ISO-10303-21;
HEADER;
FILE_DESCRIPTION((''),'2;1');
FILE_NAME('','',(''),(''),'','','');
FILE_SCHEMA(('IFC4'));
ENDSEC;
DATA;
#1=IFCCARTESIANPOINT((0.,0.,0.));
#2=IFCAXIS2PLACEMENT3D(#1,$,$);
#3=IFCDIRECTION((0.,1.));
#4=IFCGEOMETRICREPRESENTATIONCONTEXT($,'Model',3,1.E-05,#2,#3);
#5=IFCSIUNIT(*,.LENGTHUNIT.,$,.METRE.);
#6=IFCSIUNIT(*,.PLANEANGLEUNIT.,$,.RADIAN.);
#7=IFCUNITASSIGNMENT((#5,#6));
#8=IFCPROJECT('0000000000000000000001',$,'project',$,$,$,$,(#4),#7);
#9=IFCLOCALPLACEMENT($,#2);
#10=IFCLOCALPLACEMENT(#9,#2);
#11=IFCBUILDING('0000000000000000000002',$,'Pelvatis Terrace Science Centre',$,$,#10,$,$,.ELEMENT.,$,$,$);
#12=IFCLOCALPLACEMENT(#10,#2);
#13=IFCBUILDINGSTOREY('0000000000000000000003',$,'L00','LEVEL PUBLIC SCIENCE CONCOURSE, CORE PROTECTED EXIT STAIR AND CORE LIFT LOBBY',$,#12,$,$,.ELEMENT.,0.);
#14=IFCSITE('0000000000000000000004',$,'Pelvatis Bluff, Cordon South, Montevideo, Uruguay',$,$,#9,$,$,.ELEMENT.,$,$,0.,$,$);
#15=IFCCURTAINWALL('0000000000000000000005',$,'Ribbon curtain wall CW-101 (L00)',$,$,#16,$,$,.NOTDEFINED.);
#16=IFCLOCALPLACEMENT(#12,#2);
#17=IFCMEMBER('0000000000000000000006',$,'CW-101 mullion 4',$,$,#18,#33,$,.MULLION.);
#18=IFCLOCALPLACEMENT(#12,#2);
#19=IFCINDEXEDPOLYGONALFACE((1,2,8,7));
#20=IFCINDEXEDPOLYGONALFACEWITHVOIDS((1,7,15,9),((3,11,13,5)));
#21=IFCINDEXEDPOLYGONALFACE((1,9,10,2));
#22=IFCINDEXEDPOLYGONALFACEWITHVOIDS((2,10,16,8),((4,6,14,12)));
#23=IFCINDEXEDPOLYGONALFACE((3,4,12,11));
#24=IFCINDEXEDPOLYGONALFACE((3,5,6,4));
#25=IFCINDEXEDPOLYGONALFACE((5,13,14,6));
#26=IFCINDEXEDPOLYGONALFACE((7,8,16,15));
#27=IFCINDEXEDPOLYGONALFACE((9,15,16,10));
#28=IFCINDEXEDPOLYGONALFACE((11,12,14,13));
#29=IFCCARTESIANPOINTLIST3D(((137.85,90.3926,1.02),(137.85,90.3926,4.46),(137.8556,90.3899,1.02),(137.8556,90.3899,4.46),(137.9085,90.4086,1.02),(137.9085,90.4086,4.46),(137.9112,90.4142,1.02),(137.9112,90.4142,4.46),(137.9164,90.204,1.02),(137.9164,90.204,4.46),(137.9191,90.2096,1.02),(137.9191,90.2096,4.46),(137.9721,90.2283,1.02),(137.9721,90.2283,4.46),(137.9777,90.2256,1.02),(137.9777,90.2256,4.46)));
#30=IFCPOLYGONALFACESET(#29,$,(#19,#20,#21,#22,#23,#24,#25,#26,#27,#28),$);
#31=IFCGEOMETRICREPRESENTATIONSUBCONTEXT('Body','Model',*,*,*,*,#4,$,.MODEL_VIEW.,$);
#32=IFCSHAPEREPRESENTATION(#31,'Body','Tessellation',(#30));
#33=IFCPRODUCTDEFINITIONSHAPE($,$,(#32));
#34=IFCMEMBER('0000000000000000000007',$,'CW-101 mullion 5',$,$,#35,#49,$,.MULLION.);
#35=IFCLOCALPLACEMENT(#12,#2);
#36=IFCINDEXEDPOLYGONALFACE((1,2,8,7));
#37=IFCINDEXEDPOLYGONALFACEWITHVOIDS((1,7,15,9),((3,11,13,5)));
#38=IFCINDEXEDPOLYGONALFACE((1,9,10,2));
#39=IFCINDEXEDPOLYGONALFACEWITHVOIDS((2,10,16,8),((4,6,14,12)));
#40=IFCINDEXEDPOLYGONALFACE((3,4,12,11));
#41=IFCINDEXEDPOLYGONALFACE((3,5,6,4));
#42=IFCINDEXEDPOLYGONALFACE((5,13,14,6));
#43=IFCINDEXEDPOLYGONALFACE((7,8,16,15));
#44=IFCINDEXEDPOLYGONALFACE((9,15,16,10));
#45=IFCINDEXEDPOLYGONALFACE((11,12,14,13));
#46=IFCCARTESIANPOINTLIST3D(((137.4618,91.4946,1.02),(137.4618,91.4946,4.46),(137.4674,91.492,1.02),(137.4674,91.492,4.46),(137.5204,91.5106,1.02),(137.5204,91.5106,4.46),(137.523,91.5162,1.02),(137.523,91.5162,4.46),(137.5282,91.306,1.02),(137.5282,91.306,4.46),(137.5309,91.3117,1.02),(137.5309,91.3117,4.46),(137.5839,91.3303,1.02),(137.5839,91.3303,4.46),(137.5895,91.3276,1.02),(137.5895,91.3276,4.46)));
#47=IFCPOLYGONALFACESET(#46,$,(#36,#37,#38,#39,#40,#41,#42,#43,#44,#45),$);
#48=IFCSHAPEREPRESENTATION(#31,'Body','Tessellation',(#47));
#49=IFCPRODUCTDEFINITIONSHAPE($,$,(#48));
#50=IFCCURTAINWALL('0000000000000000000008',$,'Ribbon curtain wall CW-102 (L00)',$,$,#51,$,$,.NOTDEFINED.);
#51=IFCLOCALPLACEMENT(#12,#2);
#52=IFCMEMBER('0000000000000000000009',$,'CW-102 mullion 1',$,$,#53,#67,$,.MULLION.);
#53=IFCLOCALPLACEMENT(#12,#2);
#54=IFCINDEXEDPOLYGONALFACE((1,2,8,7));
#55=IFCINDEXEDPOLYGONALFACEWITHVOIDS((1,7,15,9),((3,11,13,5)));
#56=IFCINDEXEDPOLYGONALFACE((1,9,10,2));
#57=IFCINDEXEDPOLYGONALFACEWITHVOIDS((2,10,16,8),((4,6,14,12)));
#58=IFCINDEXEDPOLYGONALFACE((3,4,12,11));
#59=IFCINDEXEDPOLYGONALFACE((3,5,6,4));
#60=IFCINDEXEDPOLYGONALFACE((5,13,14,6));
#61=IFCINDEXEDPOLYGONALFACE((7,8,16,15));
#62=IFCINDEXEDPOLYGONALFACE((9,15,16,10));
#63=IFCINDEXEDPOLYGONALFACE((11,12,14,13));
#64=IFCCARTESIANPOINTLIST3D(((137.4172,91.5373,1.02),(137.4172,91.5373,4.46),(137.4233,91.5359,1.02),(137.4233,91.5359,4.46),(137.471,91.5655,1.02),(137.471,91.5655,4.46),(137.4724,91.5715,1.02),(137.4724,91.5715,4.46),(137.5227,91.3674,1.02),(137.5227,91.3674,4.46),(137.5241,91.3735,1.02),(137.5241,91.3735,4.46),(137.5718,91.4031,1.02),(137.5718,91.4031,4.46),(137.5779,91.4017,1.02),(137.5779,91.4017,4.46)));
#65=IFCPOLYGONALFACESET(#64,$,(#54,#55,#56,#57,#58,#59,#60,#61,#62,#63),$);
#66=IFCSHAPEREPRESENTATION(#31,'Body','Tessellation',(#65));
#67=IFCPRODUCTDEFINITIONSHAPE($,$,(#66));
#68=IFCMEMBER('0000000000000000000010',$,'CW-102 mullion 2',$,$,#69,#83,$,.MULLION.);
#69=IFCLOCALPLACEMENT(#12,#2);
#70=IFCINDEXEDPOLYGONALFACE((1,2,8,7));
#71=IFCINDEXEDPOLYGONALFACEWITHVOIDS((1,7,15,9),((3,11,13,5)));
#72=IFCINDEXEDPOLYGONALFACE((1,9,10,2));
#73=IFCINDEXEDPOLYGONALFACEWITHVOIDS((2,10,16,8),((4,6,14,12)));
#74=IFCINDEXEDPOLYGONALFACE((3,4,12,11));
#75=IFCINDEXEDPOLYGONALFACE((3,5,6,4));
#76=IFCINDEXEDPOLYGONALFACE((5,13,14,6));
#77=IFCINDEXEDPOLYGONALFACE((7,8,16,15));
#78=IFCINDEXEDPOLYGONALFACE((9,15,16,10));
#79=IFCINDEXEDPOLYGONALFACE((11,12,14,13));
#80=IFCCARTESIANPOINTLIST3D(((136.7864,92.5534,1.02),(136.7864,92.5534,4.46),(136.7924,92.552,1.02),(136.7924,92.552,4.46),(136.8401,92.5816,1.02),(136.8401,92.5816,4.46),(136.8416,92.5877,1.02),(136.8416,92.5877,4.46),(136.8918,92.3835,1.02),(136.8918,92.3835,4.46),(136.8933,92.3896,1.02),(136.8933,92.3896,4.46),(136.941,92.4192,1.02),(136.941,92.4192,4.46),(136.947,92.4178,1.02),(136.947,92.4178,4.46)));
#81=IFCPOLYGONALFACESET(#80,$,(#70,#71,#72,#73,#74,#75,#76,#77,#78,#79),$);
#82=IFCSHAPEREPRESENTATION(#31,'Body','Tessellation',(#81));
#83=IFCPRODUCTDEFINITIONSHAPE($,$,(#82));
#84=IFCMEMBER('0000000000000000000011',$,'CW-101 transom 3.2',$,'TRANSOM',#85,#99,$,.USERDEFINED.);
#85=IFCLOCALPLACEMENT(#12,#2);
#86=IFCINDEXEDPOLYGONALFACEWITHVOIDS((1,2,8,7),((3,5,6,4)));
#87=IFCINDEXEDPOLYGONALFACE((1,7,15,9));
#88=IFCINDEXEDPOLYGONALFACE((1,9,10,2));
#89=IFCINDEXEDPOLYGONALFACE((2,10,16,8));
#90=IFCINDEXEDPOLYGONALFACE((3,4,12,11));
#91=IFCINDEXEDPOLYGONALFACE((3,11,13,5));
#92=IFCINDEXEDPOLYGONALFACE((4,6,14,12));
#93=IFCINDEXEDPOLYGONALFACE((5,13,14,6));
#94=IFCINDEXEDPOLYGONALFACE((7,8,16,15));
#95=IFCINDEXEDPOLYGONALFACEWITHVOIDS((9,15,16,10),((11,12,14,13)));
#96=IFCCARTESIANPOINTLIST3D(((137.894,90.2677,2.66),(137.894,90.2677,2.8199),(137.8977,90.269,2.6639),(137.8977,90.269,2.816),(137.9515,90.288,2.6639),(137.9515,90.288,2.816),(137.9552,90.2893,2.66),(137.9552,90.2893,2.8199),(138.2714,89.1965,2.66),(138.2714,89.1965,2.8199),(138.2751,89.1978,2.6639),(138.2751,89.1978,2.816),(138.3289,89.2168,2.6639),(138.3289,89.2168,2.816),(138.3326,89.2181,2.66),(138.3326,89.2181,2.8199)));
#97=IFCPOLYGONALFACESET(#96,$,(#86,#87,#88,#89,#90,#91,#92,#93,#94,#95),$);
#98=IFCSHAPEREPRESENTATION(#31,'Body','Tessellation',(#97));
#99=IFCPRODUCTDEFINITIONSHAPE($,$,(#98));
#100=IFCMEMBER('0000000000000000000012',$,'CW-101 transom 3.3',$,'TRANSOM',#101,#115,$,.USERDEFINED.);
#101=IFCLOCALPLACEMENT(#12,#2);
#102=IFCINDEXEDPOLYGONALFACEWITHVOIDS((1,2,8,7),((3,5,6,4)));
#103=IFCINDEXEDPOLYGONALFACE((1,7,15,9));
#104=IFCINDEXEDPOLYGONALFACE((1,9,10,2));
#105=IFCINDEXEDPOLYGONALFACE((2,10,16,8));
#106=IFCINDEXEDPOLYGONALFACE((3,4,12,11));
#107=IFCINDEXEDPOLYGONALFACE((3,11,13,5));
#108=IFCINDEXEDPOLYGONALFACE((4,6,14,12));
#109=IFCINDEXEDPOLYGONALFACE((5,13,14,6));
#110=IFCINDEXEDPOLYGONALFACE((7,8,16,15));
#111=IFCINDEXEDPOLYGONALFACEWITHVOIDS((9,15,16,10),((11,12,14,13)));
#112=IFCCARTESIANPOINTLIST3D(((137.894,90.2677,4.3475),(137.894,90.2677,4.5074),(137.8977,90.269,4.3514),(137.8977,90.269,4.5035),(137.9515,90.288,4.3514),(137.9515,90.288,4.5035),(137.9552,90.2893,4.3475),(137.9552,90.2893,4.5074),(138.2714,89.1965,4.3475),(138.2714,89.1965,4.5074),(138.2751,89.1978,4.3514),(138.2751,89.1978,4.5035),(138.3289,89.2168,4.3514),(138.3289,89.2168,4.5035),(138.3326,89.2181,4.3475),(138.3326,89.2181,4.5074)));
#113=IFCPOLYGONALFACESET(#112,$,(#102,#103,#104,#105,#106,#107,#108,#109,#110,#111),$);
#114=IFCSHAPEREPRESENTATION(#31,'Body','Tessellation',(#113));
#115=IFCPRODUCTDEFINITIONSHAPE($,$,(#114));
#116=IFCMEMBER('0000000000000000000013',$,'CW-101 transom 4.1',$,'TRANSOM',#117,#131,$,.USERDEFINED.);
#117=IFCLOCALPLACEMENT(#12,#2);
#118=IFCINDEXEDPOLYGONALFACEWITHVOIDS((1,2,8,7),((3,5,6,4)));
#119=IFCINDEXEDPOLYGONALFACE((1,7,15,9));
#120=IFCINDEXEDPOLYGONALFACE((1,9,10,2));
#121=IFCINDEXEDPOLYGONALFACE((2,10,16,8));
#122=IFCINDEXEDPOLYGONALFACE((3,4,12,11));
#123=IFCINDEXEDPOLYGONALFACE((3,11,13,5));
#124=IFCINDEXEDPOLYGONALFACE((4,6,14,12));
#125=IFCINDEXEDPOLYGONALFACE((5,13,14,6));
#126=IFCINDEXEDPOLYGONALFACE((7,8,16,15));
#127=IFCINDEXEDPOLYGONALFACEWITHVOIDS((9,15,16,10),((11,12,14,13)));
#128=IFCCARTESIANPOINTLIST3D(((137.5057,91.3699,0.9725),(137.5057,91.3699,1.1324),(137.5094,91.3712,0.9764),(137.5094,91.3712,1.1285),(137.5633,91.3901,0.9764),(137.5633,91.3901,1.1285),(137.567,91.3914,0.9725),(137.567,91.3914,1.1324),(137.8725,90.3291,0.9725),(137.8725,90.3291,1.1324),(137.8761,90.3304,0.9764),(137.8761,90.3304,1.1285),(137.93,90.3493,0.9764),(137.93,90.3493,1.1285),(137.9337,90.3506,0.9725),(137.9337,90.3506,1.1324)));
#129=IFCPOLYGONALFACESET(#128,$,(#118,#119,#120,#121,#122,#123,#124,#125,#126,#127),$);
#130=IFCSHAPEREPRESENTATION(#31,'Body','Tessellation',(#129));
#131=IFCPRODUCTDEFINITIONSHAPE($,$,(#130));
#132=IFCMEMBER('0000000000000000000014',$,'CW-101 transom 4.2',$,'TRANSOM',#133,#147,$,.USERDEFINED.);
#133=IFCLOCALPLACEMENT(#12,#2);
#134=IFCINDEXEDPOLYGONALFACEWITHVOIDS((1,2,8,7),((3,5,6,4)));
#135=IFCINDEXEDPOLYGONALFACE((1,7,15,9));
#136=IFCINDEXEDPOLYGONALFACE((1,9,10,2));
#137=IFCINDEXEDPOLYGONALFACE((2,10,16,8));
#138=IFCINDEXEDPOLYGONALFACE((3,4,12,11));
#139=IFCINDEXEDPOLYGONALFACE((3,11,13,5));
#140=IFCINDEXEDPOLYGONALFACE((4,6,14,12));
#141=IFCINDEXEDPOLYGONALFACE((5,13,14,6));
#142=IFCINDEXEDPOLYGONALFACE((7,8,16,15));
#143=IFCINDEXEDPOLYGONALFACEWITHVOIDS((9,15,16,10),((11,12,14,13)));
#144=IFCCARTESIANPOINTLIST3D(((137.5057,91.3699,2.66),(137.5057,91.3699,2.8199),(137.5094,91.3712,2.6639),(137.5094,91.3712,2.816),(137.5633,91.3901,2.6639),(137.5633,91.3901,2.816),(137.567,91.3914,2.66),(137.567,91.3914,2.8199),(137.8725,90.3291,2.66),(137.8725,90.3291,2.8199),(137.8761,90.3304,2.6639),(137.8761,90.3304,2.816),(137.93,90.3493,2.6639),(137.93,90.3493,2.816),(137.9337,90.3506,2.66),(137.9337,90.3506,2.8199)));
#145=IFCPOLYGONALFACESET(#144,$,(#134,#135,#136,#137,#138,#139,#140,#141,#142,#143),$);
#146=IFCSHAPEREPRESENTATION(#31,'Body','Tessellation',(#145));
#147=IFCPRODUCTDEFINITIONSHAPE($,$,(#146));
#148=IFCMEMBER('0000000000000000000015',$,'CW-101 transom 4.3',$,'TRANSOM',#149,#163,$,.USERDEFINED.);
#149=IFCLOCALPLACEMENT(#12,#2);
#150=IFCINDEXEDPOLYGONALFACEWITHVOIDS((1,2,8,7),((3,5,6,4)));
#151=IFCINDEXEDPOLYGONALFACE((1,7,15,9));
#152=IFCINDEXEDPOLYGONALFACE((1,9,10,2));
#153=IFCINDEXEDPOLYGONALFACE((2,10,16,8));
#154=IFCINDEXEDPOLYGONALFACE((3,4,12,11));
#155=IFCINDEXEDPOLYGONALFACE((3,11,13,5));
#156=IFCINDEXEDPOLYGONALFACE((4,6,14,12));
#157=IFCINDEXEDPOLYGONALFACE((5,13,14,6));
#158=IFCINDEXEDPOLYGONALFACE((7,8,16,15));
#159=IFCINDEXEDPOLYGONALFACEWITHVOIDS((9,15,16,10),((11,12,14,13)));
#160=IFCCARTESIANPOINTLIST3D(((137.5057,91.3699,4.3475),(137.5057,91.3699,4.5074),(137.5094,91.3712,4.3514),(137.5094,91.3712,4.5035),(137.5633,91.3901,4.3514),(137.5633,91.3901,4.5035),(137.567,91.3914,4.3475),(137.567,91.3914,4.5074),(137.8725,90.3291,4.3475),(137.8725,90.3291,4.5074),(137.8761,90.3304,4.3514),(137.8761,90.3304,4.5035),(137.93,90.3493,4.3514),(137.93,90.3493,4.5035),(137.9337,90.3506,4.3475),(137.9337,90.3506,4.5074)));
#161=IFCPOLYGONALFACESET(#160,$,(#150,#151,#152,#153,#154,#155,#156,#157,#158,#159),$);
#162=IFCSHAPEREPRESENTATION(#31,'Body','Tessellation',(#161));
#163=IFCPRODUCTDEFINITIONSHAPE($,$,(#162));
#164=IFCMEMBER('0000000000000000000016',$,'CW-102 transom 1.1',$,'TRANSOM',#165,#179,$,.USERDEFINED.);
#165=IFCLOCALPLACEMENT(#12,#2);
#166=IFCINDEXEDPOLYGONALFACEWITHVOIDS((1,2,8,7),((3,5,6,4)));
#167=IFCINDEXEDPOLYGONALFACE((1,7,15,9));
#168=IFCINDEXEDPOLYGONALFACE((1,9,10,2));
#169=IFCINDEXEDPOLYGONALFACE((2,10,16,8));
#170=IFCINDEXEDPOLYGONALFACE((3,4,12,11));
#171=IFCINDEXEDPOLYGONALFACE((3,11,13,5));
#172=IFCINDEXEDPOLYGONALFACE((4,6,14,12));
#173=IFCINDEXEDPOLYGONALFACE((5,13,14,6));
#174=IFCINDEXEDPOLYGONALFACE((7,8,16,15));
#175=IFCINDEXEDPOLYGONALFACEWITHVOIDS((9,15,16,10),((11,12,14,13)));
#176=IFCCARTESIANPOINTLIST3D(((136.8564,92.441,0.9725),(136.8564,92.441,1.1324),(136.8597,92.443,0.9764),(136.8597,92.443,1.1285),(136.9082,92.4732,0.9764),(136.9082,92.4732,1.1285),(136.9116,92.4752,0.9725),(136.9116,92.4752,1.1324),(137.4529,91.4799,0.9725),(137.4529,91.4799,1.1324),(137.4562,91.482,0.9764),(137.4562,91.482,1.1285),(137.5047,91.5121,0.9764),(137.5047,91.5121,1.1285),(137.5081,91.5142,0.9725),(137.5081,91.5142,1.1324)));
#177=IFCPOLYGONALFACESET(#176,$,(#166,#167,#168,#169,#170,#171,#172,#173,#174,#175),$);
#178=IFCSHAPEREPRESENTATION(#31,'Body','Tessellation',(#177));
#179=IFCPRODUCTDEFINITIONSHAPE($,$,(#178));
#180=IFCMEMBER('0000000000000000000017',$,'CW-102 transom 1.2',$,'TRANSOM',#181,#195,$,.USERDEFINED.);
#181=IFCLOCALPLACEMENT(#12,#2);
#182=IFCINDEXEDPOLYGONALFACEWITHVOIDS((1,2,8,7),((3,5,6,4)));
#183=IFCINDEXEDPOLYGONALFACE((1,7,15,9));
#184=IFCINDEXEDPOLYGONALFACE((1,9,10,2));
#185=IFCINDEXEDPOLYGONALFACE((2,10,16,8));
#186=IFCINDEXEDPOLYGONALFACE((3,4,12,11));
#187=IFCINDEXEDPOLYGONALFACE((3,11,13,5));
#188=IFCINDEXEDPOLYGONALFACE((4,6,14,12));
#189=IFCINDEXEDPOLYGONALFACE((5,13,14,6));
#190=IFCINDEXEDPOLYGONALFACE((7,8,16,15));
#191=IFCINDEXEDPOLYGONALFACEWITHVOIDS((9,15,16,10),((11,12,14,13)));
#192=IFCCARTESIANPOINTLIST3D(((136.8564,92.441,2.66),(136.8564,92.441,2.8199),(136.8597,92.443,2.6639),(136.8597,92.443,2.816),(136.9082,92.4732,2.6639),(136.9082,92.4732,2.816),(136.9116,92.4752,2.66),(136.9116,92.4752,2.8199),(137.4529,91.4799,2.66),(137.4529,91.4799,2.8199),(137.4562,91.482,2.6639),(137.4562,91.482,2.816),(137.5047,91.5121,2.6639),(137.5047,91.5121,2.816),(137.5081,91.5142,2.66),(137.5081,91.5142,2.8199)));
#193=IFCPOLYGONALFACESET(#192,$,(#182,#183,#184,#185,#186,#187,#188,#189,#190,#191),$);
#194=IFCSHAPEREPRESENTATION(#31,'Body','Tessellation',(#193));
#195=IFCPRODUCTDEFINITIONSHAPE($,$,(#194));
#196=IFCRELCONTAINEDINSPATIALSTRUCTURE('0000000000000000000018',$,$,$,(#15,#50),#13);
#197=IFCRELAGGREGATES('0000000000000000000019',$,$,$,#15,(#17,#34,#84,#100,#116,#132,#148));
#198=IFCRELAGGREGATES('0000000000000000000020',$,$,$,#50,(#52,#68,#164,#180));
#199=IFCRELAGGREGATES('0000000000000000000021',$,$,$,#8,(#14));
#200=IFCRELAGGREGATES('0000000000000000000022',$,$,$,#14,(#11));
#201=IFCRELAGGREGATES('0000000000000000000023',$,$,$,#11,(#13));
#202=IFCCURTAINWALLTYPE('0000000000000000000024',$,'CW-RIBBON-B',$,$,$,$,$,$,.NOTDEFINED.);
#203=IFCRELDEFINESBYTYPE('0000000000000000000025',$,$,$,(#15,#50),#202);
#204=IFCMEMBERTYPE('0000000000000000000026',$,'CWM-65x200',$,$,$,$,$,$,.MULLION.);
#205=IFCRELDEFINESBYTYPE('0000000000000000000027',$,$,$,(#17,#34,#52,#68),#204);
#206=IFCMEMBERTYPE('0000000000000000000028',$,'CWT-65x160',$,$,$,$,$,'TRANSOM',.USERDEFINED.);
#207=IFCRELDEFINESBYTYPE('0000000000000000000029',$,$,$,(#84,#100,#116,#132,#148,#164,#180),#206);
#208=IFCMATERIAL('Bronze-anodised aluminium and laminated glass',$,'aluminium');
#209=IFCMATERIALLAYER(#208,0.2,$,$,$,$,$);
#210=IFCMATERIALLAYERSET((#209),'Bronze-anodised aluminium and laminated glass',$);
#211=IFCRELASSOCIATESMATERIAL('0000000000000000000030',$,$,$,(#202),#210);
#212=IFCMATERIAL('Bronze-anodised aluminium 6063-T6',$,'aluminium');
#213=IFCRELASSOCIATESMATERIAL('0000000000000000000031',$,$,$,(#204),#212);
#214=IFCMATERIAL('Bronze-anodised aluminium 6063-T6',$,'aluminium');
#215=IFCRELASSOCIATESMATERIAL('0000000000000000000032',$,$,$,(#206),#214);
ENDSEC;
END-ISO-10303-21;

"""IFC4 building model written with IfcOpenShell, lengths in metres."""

from ifc_helpers import new_model, si_unit, direction, frame, origin, origin_2d, place, context, subcontext, project, spatial, hollow_rectangle, extrude, material, layer, layer_set, material_profile, profile_set, type_object, element, aggregate, save


model = new_model("IFC4")

# Units and contexts
model_context = context("Model", 3, precision=1e-05, world=origin(), true_north=direction((0.0, 1.0)))
body_context = subcontext(model_context, "Body", "Model", "MODEL_VIEW")
ifc_project = project(units=[si_unit("LENGTHUNIT", "METRE"), si_unit("PLANEANGLEUNIT", "RADIAN")], contexts=[model_context])

# Site, building, storey
site_placement = place(None, origin())
site = spatial("IfcSite", under=ifc_project, at=site_placement, Name="Pelvatis Bluff, Cordon South, Montevideo, Uruguay", CompositionType="ELEMENT", RefElevation=0.0)
building_placement = place(site_placement, origin())
building = spatial("IfcBuilding", under=site, at=building_placement, Name="Pelvatis Terrace Science Centre", CompositionType="ELEMENT")
storey_placement = place(building_placement, origin())
storey = spatial("IfcBuildingStorey", under=building, at=storey_placement, Name="L00", Description="LEVEL PUBLIC SCIENCE CONCOURSE, CORE PROTECTED EXIT STAIR AND CORE LIFT LOBBY", CompositionType="ELEMENT", Elevation=0.0)

# Curtain walls, members
ifc_material_1 = material(Name="Bronze-anodised aluminium and laminated glass", Category="aluminium")
ifc_layer_1 = layer(ifc_material_1, 0.2)
ifc_layer_set_1 = layer_set([ifc_layer_1], Name="Bronze-anodised aluminium and laminated glass")
curtain_wall_type = type_object("IfcCurtainWallType", Name="CW-RIBBON-B", PredefinedType="NOTDEFINED", material=ifc_layer_set_1)
curtain_wall_1_placement = place(storey_placement, origin())
curtain_wall_1 = element("IfcCurtainWall", 1, at=curtain_wall_1_placement, inside=storey, type_object=curtain_wall_type, Name="Ribbon curtain wall CW-101 (L00)", PredefinedType="NOTDEFINED")
ifc_material_2 = material(Name="Bronze-anodised aluminium 6063-T6", Category="aluminium")
ifc_material_profile_1 = material_profile(ifc_material_2, hollow_rectangle(XDim=0.0649, YDim=0.2, WallThickness=0.0044, at=origin_2d()), Name="ALU-MUL 65x200")
ifc_profile_set_1 = profile_set([ifc_material_profile_1], Name="Bronze-anodised aluminium 6063-T6")
member_type_1 = type_object("IfcMemberType", Name="CWM-65x200", PredefinedType="MULLION", material=ifc_profile_set_1)
member_1_placement = place(storey_placement, frame((137.9138, 90.3091, 1.02), z_axis=(0.0, 0.0, 1.0), x_axis=(-0.943171, -0.332308, 0.0)))
member_1 = element("IfcMember", 2, at=member_1_placement, type_object=member_type_1, Name="CW-101 mullion 4", PredefinedType="MULLION", context=body_context, shape_type="SweptSolid", body=[
    extrude(hollow_rectangle(XDim=0.0649, YDim=0.2, WallThickness=0.0044, at=origin_2d()), origin(), (0.0, 0.0, 1.0), 3.4399),
])
member_2_placement = place(storey_placement, frame((137.5256, 91.4111, 1.02), z_axis=(0.0, 0.0, 1.0), x_axis=(-0.943171, -0.332308, 0.0)))
member_2 = element("IfcMember", 3, at=member_2_placement, type_object=member_type_1, Name="CW-101 mullion 5", PredefinedType="MULLION", context=body_context, shape_type="SweptSolid", body=[
    extrude(hollow_rectangle(XDim=0.0649, YDim=0.2, WallThickness=0.0044, at=origin_2d()), origin(), (0.0, 0.0, 1.0), 3.4399),
])
curtain_wall_2_placement = place(storey_placement, origin())
curtain_wall_2 = element("IfcCurtainWall", 4, at=curtain_wall_2_placement, inside=storey, type_object=curtain_wall_type, Name="Ribbon curtain wall CW-102 (L00)", PredefinedType="NOTDEFINED")
member_3_placement = place(storey_placement, frame((137.4976, 91.4695, 1.02), z_axis=(0.0, 0.0, 1.0), x_axis=(-0.849586, -0.52745, 0.0)))
member_3 = element("IfcMember", 5, at=member_3_placement, type_object=member_type_1, Name="CW-102 mullion 1", PredefinedType="MULLION", context=body_context, shape_type="SweptSolid", body=[
    extrude(hollow_rectangle(XDim=0.0649, YDim=0.2, WallThickness=0.0044, at=origin_2d()), origin(), (0.0, 0.0, 1.0), 3.4399),
])
member_4_placement = place(storey_placement, frame((136.8667, 92.4856, 1.02), z_axis=(0.0, 0.0, 1.0), x_axis=(-0.849586, -0.52745, 0.0)))
member_4 = element("IfcMember", 6, at=member_4_placement, type_object=member_type_1, Name="CW-102 mullion 2", PredefinedType="MULLION", context=body_context, shape_type="SweptSolid", body=[
    extrude(hollow_rectangle(XDim=0.0649, YDim=0.2, WallThickness=0.0044, at=origin_2d()), origin(), (0.0, 0.0, 1.0), 3.4399),
])

# Members
ifc_material_3 = material(Name="Bronze-anodised aluminium 6063-T6", Category="aluminium")
ifc_material_profile_2 = material_profile(ifc_material_3, hollow_rectangle(XDim=0.0649, YDim=0.1599, WallThickness=0.0039, at=origin_2d()), Name="ALU-TRN 65x160")
ifc_profile_set_2 = profile_set([ifc_material_profile_2], Name="Bronze-anodised aluminium 6063-T6")
member_type_2 = type_object("IfcMemberType", Name="CWT-65x160", ElementType="TRANSOM", PredefinedType="USERDEFINED", material=ifc_profile_set_2)
member_5_placement = place(storey_placement, frame((138.302, 89.2073, 2.74), z_axis=(-0.332303, 0.943173, 0.0), x_axis=(-0.943173, -0.332303, 0.0)))
member_5 = element("IfcMember", 7, at=member_5_placement, type_object=member_type_2, Name="CW-101 transom 3.2", ObjectType="TRANSOM", PredefinedType="USERDEFINED", context=body_context, shape_type="SweptSolid", body=[
    extrude(hollow_rectangle(XDim=0.0649, YDim=0.1599, WallThickness=0.0039, at=origin_2d()), origin(), (0.0, 0.0, 1.0), 1.1357),
])
member_6_placement = place(storey_placement, frame((138.302, 89.2073, 4.4275), z_axis=(-0.332303, 0.943173, 0.0), x_axis=(-0.943173, -0.332303, 0.0)))
member_6 = element("IfcMember", 8, at=member_6_placement, type_object=member_type_2, Name="CW-101 transom 3.3", ObjectType="TRANSOM", PredefinedType="USERDEFINED", context=body_context, shape_type="SweptSolid", body=[
    extrude(hollow_rectangle(XDim=0.0649, YDim=0.1599, WallThickness=0.0039, at=origin_2d()), origin(), (0.0, 0.0, 1.0), 1.1357),
])
member_7_placement = place(storey_placement, frame((137.9031, 90.3398, 1.0525), z_axis=(-0.332311, 0.94317, 0.0), x_axis=(-0.94317, -0.332311, 0.0)))
member_7 = element("IfcMember", 9, at=member_7_placement, type_object=member_type_2, Name="CW-101 transom 4.1", ObjectType="TRANSOM", PredefinedType="USERDEFINED", context=body_context, shape_type="SweptSolid", body=[
    extrude(hollow_rectangle(XDim=0.0649, YDim=0.1599, WallThickness=0.0039, at=origin_2d()), origin(), (0.0, 0.0, 1.0), 1.1035),
])
member_8_placement = place(storey_placement, frame((137.9031, 90.3398, 2.74), z_axis=(-0.332311, 0.94317, 0.0), x_axis=(-0.94317, -0.332311, 0.0)))
member_8 = element("IfcMember", 10, at=member_8_placement, type_object=member_type_2, Name="CW-101 transom 4.2", ObjectType="TRANSOM", PredefinedType="USERDEFINED", context=body_context, shape_type="SweptSolid", body=[
    extrude(hollow_rectangle(XDim=0.0649, YDim=0.1599, WallThickness=0.0039, at=origin_2d()), origin(), (0.0, 0.0, 1.0), 1.1035),
])
member_9_placement = place(storey_placement, frame((137.9031, 90.3398, 4.4275), z_axis=(-0.332311, 0.94317, 0.0), x_axis=(-0.94317, -0.332311, 0.0)))
member_9 = element("IfcMember", 11, at=member_9_placement, type_object=member_type_2, Name="CW-101 transom 4.3", ObjectType="TRANSOM", PredefinedType="USERDEFINED", context=body_context, shape_type="SweptSolid", body=[
    extrude(hollow_rectangle(XDim=0.0649, YDim=0.1599, WallThickness=0.0039, at=origin_2d()), origin(), (0.0, 0.0, 1.0), 1.1035),
])
member_10_placement = place(storey_placement, frame((137.4805, 91.4971, 1.0525), z_axis=(-0.527357, 0.849644, 0.0), x_axis=(-0.849644, -0.527357, 0.0)))
member_10 = element("IfcMember", 12, at=member_10_placement, type_object=member_type_2, Name="CW-102 transom 1.1", ObjectType="TRANSOM", PredefinedType="USERDEFINED", context=body_context, shape_type="SweptSolid", body=[
    extrude(hollow_rectangle(XDim=0.0649, YDim=0.1599, WallThickness=0.0039, at=origin_2d()), origin(), (0.0, 0.0, 1.0), 1.1311),
])
member_11_placement = place(storey_placement, frame((137.4805, 91.4971, 2.74), z_axis=(-0.527357, 0.849644, 0.0), x_axis=(-0.849644, -0.527357, 0.0)))
member_11 = element("IfcMember", 13, at=member_11_placement, type_object=member_type_2, Name="CW-102 transom 1.2", ObjectType="TRANSOM", PredefinedType="USERDEFINED", context=body_context, shape_type="SweptSolid", body=[
    extrude(hollow_rectangle(XDim=0.0649, YDim=0.1599, WallThickness=0.0039, at=origin_2d()), origin(), (0.0, 0.0, 1.0), 1.1311),
])

aggregate(curtain_wall_1, [member_1, member_2, member_5, member_6, member_7, member_8, member_9])
aggregate(curtain_wall_2, [member_3, member_4, member_10, member_11])

save(model, "model.ifc")
